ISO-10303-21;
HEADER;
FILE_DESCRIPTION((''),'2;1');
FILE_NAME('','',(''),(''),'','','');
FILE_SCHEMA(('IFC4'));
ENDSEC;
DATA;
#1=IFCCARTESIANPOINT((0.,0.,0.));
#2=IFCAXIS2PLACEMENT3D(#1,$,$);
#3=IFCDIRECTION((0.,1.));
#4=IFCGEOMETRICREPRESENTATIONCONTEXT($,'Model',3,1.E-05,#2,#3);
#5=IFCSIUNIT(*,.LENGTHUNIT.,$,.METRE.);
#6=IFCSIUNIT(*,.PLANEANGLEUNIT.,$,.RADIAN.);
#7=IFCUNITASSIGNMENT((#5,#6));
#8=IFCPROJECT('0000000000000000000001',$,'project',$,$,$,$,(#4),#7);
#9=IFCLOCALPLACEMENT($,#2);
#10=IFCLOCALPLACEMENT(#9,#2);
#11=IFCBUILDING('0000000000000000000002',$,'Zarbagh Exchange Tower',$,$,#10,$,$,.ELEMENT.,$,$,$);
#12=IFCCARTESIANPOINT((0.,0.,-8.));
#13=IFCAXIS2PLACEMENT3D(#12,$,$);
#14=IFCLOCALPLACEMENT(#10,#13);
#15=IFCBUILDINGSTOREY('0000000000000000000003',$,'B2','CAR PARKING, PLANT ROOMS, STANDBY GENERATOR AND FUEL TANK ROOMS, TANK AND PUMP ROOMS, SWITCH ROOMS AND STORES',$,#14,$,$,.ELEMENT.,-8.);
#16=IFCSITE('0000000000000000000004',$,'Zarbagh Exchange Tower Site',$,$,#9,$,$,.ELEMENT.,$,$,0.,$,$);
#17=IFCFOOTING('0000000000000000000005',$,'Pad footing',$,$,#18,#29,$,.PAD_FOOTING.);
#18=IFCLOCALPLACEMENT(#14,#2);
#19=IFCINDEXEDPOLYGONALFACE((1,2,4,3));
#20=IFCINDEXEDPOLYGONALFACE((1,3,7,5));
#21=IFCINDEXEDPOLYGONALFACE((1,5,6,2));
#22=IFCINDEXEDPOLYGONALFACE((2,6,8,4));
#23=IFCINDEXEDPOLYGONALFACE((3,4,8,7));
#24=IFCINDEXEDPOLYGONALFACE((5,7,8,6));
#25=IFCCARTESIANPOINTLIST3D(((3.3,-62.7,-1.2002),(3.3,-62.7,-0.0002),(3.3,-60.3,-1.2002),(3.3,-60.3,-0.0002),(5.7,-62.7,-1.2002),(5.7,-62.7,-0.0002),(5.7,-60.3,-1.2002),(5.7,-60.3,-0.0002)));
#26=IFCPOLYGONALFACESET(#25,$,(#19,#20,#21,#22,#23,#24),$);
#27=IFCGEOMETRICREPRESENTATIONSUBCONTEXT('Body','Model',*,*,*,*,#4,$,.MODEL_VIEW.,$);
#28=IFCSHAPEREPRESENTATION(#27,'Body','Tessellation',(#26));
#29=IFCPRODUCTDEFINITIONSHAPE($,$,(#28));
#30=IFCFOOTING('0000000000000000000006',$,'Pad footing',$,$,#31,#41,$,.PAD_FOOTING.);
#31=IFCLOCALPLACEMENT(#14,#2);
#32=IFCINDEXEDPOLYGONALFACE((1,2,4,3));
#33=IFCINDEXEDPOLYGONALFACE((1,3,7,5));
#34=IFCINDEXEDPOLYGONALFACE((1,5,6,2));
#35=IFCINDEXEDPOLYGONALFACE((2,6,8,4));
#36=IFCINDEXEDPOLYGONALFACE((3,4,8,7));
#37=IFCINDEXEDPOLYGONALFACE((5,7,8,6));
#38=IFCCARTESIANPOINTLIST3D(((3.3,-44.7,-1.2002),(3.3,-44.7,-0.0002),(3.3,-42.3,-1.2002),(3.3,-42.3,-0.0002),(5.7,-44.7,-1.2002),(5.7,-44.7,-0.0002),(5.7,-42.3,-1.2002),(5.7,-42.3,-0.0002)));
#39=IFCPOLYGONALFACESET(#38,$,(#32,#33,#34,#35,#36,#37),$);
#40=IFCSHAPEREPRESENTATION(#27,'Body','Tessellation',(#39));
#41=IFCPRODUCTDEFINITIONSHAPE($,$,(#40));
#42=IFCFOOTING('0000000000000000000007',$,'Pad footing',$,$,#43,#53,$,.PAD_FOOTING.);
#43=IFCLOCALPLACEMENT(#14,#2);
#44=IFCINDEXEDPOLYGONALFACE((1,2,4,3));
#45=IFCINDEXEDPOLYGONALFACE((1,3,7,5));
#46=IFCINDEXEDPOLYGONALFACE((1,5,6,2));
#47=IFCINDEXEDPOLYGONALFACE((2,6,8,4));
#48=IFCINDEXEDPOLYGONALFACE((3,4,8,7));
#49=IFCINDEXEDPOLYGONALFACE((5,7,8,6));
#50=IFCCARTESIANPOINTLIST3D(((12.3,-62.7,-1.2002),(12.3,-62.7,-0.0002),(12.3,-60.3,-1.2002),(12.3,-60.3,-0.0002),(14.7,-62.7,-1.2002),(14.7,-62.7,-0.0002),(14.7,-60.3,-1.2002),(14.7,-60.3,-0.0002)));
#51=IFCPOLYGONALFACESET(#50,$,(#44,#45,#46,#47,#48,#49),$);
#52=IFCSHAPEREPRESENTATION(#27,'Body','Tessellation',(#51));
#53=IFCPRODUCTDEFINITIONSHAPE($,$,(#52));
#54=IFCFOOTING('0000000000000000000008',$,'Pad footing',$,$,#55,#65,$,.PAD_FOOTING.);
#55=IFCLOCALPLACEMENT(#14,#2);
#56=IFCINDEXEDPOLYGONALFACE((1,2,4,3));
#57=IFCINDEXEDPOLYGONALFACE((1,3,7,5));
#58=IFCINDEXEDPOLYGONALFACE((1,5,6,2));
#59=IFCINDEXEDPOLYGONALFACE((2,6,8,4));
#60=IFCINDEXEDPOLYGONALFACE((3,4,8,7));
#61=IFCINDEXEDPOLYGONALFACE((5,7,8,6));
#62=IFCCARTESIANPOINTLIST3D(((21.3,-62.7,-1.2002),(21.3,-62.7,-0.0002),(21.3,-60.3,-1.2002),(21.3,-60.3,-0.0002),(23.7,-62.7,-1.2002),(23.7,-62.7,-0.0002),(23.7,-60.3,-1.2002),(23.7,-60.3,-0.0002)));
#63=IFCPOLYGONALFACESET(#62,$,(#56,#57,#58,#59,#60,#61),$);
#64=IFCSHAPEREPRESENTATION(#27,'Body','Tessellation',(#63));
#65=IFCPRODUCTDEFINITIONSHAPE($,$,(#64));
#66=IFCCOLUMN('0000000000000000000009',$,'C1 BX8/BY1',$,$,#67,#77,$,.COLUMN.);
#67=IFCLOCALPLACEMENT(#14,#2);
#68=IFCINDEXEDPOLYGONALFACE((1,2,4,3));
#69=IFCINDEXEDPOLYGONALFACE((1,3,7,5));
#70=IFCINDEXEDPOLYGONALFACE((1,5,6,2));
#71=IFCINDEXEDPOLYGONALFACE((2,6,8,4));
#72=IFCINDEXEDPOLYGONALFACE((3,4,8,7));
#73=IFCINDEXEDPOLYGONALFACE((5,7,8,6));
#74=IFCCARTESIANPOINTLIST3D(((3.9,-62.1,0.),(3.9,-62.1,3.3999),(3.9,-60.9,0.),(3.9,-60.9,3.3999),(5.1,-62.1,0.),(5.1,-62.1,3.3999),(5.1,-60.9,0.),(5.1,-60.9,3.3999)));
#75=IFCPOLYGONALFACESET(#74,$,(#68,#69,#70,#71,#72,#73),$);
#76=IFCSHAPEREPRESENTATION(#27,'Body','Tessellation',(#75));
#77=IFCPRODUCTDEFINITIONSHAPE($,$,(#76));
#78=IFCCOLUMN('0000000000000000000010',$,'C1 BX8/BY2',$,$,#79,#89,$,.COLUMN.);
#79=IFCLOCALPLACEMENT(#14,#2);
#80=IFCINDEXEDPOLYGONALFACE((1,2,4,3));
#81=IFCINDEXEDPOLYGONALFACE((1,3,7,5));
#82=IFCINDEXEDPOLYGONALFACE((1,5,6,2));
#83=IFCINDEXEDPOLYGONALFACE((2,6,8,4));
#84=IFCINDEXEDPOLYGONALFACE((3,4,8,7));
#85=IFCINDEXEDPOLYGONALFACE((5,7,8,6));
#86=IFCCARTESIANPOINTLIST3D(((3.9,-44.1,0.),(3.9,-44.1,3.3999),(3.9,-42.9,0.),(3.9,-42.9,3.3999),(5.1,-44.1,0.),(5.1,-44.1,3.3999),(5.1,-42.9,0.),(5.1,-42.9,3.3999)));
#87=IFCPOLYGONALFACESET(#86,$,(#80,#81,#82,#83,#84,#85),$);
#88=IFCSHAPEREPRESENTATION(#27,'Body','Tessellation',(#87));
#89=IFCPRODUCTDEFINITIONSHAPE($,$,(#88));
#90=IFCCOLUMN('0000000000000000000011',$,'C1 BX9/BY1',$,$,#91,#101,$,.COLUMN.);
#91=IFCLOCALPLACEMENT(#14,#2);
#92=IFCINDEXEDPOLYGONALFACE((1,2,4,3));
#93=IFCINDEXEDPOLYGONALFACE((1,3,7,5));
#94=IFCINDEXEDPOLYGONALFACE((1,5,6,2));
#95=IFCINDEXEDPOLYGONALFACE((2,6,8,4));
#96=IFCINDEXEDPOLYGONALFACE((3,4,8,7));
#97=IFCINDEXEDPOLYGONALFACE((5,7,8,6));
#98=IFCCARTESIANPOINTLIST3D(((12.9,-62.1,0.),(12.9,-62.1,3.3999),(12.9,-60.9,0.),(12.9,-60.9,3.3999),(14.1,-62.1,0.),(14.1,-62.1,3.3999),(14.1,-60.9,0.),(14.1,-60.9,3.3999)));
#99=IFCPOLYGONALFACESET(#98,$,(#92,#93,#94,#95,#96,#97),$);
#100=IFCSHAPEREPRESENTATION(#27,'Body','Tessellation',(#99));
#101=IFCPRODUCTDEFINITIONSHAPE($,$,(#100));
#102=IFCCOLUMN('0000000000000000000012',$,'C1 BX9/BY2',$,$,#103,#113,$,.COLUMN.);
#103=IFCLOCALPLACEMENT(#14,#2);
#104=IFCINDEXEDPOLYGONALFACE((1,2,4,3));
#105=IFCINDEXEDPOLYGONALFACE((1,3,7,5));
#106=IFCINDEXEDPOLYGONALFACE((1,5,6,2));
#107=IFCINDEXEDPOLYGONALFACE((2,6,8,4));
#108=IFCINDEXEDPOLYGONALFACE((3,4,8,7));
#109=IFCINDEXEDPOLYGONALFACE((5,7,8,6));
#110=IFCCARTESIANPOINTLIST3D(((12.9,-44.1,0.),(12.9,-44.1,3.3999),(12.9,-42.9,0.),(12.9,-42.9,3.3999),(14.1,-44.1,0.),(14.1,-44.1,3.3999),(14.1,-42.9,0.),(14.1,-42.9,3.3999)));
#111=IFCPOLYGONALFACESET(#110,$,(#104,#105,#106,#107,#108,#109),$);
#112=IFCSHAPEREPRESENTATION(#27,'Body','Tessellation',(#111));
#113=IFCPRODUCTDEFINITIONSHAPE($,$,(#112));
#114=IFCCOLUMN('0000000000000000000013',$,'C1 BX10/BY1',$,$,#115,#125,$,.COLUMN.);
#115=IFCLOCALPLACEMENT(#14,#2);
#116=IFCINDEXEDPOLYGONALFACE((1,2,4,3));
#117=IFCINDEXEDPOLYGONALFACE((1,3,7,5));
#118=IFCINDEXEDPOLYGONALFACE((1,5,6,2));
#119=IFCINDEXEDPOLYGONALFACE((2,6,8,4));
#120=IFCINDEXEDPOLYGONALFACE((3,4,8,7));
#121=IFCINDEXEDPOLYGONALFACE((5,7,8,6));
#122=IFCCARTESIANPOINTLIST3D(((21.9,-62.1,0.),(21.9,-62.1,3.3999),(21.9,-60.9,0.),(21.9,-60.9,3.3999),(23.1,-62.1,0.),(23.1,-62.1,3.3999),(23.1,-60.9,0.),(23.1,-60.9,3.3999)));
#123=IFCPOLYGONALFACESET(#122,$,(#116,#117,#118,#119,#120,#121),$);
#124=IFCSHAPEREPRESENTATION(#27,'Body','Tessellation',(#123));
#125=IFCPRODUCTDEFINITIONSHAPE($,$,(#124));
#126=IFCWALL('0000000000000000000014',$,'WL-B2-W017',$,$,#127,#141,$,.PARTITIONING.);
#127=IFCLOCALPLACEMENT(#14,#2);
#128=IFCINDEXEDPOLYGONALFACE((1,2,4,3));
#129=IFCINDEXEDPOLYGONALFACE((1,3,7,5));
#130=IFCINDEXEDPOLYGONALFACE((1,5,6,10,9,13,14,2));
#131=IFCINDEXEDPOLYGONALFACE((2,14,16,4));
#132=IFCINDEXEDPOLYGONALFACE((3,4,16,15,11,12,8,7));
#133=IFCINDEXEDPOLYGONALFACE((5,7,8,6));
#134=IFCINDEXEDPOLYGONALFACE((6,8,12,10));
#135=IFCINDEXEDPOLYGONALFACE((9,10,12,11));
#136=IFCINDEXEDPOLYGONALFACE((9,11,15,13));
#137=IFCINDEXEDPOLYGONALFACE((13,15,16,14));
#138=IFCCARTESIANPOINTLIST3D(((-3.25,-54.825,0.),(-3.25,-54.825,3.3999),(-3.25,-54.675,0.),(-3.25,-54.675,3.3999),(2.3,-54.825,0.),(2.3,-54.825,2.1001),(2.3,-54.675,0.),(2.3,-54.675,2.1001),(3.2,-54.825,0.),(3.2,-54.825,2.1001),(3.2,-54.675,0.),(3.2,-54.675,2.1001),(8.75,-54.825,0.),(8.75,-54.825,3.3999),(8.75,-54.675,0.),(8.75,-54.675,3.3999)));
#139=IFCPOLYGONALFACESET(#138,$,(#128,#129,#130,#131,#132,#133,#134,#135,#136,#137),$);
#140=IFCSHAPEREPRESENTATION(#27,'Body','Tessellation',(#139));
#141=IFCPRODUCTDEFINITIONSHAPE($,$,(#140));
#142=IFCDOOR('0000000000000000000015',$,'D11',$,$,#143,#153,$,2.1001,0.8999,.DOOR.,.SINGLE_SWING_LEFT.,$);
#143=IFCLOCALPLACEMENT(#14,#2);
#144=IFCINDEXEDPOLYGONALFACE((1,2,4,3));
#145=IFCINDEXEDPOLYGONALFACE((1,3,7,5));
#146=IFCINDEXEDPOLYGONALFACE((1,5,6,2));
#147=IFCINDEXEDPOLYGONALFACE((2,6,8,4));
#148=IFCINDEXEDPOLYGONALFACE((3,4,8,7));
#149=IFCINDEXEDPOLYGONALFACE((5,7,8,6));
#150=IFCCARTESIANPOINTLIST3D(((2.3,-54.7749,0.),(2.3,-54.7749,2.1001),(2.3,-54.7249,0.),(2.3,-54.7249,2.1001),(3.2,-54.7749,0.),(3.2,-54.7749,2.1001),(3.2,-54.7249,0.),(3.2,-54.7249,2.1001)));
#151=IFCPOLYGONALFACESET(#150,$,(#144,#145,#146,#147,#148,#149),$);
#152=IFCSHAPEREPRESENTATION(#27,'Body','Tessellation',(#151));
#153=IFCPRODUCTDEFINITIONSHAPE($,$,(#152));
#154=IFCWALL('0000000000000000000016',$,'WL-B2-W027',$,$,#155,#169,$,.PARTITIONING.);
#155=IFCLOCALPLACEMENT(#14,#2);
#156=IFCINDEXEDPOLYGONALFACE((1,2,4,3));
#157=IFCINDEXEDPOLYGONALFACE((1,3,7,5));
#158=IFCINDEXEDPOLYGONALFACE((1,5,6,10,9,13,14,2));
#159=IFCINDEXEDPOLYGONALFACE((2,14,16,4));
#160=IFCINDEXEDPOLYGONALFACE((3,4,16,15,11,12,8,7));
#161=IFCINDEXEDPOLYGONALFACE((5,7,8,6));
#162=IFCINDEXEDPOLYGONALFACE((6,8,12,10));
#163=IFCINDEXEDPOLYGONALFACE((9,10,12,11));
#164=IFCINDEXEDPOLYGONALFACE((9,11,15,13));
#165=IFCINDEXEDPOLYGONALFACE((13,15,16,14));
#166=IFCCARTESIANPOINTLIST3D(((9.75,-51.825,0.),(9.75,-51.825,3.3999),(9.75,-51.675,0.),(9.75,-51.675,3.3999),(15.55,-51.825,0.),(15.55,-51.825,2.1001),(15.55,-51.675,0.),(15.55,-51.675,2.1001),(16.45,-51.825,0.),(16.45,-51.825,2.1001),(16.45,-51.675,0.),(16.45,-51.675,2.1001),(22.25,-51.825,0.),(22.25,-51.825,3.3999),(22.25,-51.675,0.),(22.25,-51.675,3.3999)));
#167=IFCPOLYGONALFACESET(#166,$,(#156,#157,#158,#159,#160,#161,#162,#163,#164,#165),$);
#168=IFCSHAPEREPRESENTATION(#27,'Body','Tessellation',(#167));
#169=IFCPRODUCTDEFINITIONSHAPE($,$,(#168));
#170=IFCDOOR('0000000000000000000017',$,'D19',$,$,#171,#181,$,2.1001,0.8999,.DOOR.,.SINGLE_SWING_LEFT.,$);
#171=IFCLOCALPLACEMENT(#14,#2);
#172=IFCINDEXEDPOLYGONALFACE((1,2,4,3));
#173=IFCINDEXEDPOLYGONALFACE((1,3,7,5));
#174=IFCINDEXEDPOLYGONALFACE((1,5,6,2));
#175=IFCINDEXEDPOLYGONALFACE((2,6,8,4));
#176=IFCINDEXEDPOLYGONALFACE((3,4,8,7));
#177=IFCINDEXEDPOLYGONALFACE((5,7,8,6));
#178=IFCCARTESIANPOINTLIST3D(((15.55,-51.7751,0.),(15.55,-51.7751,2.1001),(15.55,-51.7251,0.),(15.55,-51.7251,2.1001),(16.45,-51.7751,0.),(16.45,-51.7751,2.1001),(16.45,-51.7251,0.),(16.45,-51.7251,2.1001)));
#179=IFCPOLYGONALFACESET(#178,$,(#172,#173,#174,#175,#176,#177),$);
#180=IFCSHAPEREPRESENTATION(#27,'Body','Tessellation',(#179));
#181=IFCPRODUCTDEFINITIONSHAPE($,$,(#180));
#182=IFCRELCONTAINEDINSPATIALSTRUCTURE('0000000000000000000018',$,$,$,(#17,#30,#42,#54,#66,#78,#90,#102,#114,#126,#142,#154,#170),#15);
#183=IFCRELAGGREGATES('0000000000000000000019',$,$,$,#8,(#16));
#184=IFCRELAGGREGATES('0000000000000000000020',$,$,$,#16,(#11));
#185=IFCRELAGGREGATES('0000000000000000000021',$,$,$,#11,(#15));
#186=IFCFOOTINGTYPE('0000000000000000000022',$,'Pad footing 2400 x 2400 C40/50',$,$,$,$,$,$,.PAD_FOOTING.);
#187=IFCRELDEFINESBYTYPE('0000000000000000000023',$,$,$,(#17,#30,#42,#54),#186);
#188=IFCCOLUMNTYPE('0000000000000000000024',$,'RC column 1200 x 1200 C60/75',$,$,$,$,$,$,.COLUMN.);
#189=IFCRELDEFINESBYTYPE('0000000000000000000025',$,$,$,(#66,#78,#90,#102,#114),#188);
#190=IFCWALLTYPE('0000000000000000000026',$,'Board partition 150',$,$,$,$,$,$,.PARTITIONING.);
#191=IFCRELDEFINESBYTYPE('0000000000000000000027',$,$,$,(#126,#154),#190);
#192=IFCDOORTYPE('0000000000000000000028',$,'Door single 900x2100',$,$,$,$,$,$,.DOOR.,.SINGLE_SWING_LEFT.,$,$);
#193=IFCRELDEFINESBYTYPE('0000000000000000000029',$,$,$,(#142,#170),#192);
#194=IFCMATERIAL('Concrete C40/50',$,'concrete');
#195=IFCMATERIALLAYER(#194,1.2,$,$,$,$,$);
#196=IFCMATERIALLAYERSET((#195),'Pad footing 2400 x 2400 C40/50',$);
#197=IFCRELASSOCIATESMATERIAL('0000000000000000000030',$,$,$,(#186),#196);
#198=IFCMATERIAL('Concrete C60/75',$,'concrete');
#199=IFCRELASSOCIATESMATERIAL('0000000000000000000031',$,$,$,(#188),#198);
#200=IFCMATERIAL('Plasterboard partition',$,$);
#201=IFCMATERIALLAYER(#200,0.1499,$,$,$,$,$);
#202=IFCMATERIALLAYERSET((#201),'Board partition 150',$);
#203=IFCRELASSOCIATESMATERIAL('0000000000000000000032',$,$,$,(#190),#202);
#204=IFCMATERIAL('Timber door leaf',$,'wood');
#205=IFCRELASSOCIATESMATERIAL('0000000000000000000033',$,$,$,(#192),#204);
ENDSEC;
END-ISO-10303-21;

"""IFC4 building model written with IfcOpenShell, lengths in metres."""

from ifc_helpers import new_model, si_unit, direction, frame, frame_2d, origin, origin_2d, place, context, subcontext, project, spatial, rectangle, extrude, material, layer, layer_set, material_profile, profile_set, type_object, element, fill, save


model = new_model("IFC4")

# Units and contexts
model_context = context("Model", 3, precision=1e-05, world=origin(), true_north=direction((0.0, 1.0)))
body_context = subcontext(model_context, "Body", "Model", "MODEL_VIEW")
ifc_project = project(units=[si_unit("LENGTHUNIT", "METRE"), si_unit("PLANEANGLEUNIT", "RADIAN")], contexts=[model_context])

# Site, building, storey
site_placement = place(None, origin())
site = spatial("IfcSite", under=ifc_project, at=site_placement, Name="Zarbagh Exchange Tower Site", CompositionType="ELEMENT", RefElevation=0.0)
building_placement = place(site_placement, origin())
building = spatial("IfcBuilding", under=site, at=building_placement, Name="Zarbagh Exchange Tower", CompositionType="ELEMENT")
storey_placement = place(building_placement, frame((0.0, 0.0, -8.0)))
storey = spatial("IfcBuildingStorey", under=building, at=storey_placement, Name="B2", Description="CAR PARKING, PLANT ROOMS, STANDBY GENERATOR AND FUEL TANK ROOMS, TANK AND PUMP ROOMS, SWITCH ROOMS AND STORES", CompositionType="ELEMENT", Elevation=-8.0)

# Shared definitions
ifc_material_1 = material(Name="Concrete C40/50", Category="concrete")

# Footings
ifc_layer_1 = layer(ifc_material_1, 1.2)
ifc_layer_set_1 = layer_set([ifc_layer_1], Name="Pad footing 2400 x 2400 C40/50")
footing_type = type_object("IfcFootingType", Name="Pad footing 2400 x 2400 C40/50", PredefinedType="PAD_FOOTING", material=ifc_layer_set_1)
for number, where, z_axis, x_axis, name in (
    (1, (4.5, -61.5, -1.2002), (0.0, 0.0, 1.0), (1.0, 0.0, 0.0), "Pad footing"),
    (2, (4.5, -43.5, -1.2002), (0.0, 0.0, 1.0), (1.0, 0.0, 0.0), "Pad footing"),
    (3, (13.5, -61.5, -1.2002), (0.0, 0.0, 1.0), (1.0, 0.0, 0.0), "Pad footing"),
    (4, (22.5, -61.5, -1.2002), (0.0, 0.0, 1.0), (1.0, 0.0, 0.0), "Pad footing"),
):
    element("IfcFooting", number, at=place(storey_placement, frame(where, z_axis=z_axis, x_axis=x_axis)), inside=storey, type_object=footing_type, Name=name, PredefinedType="PAD_FOOTING", context=body_context, shape_type="SweptSolid", body=[
        extrude(rectangle(XDim=2.3999, YDim=2.3999, at=origin_2d()), origin(), (0.0, 0.0, 1.0), 1.2),
    ])

# Columns
ifc_material_2 = material(Name="Concrete C60/75", Category="concrete")
ifc_material_profile_1 = material_profile(ifc_material_2, rectangle(XDim=1.2, YDim=1.2, at=origin_2d()), Name="RC column 1200 x 1200 C60/75")
ifc_profile_set_1 = profile_set([ifc_material_profile_1], Name="Concrete C60/75")
column_type = type_object("IfcColumnType", Name="RC column 1200 x 1200 C60/75", PredefinedType="COLUMN", material=ifc_profile_set_1)
for number, where, z_axis, x_axis, name in (
    (5, (4.5, -61.5, 0.0), (0.0, 0.0, 1.0), (1.0, 0.0, 0.0), "C1 BX8/BY1"),
    (6, (4.5, -43.5, 0.0), (0.0, 0.0, 1.0), (1.0, 0.0, 0.0), "C1 BX8/BY2"),
    (7, (13.5, -61.5, 0.0), (0.0, 0.0, 1.0), (1.0, 0.0, 0.0), "C1 BX9/BY1"),
    (8, (13.5, -43.5, 0.0), (0.0, 0.0, 1.0), (1.0, 0.0, 0.0), "C1 BX9/BY2"),
    (9, (22.5, -61.5, 0.0), (0.0, 0.0, 1.0), (1.0, 0.0, 0.0), "C1 BX10/BY1"),
):
    element("IfcColumn", number, at=place(storey_placement, frame(where, z_axis=z_axis, x_axis=x_axis)), inside=storey, type_object=column_type, Name=name, PredefinedType="COLUMN", context=body_context, shape_type="SweptSolid", body=[
        extrude(rectangle(XDim=1.2, YDim=1.2, at=origin_2d()), origin(), (0.0, 0.0, 1.0), 3.3999),
    ])

# Walls, openings, doors
ifc_material_3 = material(Name="Plasterboard partition")
ifc_layer_2 = layer(ifc_material_3, 0.1499)
ifc_layer_set_2 = layer_set([ifc_layer_2], Name="Board partition 150")
wall_type = type_object("IfcWallType", Name="Board partition 150", PredefinedType="PARTITIONING", material=ifc_layer_set_2)
wall_1_placement = place(storey_placement, frame((8.75, -54.75, 0.0), z_axis=(0.0, 0.0, 1.0), x_axis=(-1.0, 0.0, 0.0)))
wall_1 = element("IfcWall", 10, at=wall_1_placement, inside=storey, type_object=wall_type, Name="WL-B2-W017", PredefinedType="PARTITIONING", context=body_context, shape_type="SweptSolid", body=[
    extrude(rectangle(XDim=12.0, YDim=0.1499, at=frame_2d((6.0, 0.0))), origin(), (0.0, 0.0, 1.0), 3.3999),
])
opening_1_placement = place(wall_1_placement, frame((5.55, 0.0, 0.0)))
opening_1 = element("IfcOpeningElement", 11, at=opening_1_placement, cuts=wall_1, PredefinedType="OPENING", context=body_context, shape_type="SweptSolid", body=[
    extrude(rectangle(XDim=0.8999, YDim=2.1001, at=frame_2d((0.45, 1.05))), frame((0.0, 0.085, 0.0), z_axis=(0.0, -1.0, 0.0), x_axis=(1.0, 0.0, 0.0)), (0.0, 0.0, 1.0), 0.1699),
])
ifc_material_4 = material(Name="Timber door leaf", Category="wood")
door_type = type_object("IfcDoorType", Name="Door single 900x2100", OperationType="SINGLE_SWING_LEFT", PredefinedType="DOOR", material=ifc_material_4)
door_1_placement = place(opening_1_placement, origin())
door_1 = element("IfcDoor", 12, at=door_1_placement, inside=storey, type_object=door_type, Name="D11", OperationType="SINGLE_SWING_LEFT", OverallHeight=2.1001, OverallWidth=0.8999, PredefinedType="DOOR", context=body_context, shape_type="SweptSolid", body=[
    extrude(rectangle(XDim=0.8999, YDim=2.1001, at=frame_2d((0.45, 1.05))), frame((0.0, 0.0249, 0.0), z_axis=(0.0, -1.0, 0.0), x_axis=(1.0, 0.0, 0.0)), (0.0, 0.0, 1.0), 0.05),
])
fill(opening_1, door_1)
wall_2_placement = place(storey_placement, frame((9.75, -51.75, 0.0), z_axis=(0.0, 0.0, 1.0), x_axis=(1.0, 0.0, 0.0)))
wall_2 = element("IfcWall", 13, at=wall_2_placement, inside=storey, type_object=wall_type, Name="WL-B2-W027", PredefinedType="PARTITIONING", context=body_context, shape_type="SweptSolid", body=[
    extrude(rectangle(XDim=12.5, YDim=0.1499, at=frame_2d((6.25, 0.0))), origin(), (0.0, 0.0, 1.0), 3.3999),
])
opening_2_placement = place(wall_2_placement, frame((5.8, 0.0, 0.0)))
opening_2 = element("IfcOpeningElement", 14, at=opening_2_placement, cuts=wall_2, PredefinedType="OPENING", context=body_context, shape_type="SweptSolid", body=[
    extrude(rectangle(XDim=0.8999, YDim=2.1001, at=frame_2d((0.45, 1.05))), frame((0.0, 0.085, 0.0), z_axis=(0.0, -1.0, 0.0), x_axis=(1.0, 0.0, 0.0)), (0.0, 0.0, 1.0), 0.1699),
])
door_2_placement = place(opening_2_placement, origin())
door_2 = element("IfcDoor", 15, at=door_2_placement, inside=storey, type_object=door_type, Name="D19", OperationType="SINGLE_SWING_LEFT", OverallHeight=2.1001, OverallWidth=0.8999, PredefinedType="DOOR", context=body_context, shape_type="SweptSolid", body=[
    extrude(rectangle(XDim=0.8999, YDim=2.1001, at=frame_2d((0.45, 1.05))), frame((0.0, 0.0249, 0.0), z_axis=(0.0, -1.0, 0.0), x_axis=(1.0, 0.0, 0.0)), (0.0, 0.0, 1.0), 0.05),
])
fill(opening_2, door_2)

save(model, "model.ifc")
